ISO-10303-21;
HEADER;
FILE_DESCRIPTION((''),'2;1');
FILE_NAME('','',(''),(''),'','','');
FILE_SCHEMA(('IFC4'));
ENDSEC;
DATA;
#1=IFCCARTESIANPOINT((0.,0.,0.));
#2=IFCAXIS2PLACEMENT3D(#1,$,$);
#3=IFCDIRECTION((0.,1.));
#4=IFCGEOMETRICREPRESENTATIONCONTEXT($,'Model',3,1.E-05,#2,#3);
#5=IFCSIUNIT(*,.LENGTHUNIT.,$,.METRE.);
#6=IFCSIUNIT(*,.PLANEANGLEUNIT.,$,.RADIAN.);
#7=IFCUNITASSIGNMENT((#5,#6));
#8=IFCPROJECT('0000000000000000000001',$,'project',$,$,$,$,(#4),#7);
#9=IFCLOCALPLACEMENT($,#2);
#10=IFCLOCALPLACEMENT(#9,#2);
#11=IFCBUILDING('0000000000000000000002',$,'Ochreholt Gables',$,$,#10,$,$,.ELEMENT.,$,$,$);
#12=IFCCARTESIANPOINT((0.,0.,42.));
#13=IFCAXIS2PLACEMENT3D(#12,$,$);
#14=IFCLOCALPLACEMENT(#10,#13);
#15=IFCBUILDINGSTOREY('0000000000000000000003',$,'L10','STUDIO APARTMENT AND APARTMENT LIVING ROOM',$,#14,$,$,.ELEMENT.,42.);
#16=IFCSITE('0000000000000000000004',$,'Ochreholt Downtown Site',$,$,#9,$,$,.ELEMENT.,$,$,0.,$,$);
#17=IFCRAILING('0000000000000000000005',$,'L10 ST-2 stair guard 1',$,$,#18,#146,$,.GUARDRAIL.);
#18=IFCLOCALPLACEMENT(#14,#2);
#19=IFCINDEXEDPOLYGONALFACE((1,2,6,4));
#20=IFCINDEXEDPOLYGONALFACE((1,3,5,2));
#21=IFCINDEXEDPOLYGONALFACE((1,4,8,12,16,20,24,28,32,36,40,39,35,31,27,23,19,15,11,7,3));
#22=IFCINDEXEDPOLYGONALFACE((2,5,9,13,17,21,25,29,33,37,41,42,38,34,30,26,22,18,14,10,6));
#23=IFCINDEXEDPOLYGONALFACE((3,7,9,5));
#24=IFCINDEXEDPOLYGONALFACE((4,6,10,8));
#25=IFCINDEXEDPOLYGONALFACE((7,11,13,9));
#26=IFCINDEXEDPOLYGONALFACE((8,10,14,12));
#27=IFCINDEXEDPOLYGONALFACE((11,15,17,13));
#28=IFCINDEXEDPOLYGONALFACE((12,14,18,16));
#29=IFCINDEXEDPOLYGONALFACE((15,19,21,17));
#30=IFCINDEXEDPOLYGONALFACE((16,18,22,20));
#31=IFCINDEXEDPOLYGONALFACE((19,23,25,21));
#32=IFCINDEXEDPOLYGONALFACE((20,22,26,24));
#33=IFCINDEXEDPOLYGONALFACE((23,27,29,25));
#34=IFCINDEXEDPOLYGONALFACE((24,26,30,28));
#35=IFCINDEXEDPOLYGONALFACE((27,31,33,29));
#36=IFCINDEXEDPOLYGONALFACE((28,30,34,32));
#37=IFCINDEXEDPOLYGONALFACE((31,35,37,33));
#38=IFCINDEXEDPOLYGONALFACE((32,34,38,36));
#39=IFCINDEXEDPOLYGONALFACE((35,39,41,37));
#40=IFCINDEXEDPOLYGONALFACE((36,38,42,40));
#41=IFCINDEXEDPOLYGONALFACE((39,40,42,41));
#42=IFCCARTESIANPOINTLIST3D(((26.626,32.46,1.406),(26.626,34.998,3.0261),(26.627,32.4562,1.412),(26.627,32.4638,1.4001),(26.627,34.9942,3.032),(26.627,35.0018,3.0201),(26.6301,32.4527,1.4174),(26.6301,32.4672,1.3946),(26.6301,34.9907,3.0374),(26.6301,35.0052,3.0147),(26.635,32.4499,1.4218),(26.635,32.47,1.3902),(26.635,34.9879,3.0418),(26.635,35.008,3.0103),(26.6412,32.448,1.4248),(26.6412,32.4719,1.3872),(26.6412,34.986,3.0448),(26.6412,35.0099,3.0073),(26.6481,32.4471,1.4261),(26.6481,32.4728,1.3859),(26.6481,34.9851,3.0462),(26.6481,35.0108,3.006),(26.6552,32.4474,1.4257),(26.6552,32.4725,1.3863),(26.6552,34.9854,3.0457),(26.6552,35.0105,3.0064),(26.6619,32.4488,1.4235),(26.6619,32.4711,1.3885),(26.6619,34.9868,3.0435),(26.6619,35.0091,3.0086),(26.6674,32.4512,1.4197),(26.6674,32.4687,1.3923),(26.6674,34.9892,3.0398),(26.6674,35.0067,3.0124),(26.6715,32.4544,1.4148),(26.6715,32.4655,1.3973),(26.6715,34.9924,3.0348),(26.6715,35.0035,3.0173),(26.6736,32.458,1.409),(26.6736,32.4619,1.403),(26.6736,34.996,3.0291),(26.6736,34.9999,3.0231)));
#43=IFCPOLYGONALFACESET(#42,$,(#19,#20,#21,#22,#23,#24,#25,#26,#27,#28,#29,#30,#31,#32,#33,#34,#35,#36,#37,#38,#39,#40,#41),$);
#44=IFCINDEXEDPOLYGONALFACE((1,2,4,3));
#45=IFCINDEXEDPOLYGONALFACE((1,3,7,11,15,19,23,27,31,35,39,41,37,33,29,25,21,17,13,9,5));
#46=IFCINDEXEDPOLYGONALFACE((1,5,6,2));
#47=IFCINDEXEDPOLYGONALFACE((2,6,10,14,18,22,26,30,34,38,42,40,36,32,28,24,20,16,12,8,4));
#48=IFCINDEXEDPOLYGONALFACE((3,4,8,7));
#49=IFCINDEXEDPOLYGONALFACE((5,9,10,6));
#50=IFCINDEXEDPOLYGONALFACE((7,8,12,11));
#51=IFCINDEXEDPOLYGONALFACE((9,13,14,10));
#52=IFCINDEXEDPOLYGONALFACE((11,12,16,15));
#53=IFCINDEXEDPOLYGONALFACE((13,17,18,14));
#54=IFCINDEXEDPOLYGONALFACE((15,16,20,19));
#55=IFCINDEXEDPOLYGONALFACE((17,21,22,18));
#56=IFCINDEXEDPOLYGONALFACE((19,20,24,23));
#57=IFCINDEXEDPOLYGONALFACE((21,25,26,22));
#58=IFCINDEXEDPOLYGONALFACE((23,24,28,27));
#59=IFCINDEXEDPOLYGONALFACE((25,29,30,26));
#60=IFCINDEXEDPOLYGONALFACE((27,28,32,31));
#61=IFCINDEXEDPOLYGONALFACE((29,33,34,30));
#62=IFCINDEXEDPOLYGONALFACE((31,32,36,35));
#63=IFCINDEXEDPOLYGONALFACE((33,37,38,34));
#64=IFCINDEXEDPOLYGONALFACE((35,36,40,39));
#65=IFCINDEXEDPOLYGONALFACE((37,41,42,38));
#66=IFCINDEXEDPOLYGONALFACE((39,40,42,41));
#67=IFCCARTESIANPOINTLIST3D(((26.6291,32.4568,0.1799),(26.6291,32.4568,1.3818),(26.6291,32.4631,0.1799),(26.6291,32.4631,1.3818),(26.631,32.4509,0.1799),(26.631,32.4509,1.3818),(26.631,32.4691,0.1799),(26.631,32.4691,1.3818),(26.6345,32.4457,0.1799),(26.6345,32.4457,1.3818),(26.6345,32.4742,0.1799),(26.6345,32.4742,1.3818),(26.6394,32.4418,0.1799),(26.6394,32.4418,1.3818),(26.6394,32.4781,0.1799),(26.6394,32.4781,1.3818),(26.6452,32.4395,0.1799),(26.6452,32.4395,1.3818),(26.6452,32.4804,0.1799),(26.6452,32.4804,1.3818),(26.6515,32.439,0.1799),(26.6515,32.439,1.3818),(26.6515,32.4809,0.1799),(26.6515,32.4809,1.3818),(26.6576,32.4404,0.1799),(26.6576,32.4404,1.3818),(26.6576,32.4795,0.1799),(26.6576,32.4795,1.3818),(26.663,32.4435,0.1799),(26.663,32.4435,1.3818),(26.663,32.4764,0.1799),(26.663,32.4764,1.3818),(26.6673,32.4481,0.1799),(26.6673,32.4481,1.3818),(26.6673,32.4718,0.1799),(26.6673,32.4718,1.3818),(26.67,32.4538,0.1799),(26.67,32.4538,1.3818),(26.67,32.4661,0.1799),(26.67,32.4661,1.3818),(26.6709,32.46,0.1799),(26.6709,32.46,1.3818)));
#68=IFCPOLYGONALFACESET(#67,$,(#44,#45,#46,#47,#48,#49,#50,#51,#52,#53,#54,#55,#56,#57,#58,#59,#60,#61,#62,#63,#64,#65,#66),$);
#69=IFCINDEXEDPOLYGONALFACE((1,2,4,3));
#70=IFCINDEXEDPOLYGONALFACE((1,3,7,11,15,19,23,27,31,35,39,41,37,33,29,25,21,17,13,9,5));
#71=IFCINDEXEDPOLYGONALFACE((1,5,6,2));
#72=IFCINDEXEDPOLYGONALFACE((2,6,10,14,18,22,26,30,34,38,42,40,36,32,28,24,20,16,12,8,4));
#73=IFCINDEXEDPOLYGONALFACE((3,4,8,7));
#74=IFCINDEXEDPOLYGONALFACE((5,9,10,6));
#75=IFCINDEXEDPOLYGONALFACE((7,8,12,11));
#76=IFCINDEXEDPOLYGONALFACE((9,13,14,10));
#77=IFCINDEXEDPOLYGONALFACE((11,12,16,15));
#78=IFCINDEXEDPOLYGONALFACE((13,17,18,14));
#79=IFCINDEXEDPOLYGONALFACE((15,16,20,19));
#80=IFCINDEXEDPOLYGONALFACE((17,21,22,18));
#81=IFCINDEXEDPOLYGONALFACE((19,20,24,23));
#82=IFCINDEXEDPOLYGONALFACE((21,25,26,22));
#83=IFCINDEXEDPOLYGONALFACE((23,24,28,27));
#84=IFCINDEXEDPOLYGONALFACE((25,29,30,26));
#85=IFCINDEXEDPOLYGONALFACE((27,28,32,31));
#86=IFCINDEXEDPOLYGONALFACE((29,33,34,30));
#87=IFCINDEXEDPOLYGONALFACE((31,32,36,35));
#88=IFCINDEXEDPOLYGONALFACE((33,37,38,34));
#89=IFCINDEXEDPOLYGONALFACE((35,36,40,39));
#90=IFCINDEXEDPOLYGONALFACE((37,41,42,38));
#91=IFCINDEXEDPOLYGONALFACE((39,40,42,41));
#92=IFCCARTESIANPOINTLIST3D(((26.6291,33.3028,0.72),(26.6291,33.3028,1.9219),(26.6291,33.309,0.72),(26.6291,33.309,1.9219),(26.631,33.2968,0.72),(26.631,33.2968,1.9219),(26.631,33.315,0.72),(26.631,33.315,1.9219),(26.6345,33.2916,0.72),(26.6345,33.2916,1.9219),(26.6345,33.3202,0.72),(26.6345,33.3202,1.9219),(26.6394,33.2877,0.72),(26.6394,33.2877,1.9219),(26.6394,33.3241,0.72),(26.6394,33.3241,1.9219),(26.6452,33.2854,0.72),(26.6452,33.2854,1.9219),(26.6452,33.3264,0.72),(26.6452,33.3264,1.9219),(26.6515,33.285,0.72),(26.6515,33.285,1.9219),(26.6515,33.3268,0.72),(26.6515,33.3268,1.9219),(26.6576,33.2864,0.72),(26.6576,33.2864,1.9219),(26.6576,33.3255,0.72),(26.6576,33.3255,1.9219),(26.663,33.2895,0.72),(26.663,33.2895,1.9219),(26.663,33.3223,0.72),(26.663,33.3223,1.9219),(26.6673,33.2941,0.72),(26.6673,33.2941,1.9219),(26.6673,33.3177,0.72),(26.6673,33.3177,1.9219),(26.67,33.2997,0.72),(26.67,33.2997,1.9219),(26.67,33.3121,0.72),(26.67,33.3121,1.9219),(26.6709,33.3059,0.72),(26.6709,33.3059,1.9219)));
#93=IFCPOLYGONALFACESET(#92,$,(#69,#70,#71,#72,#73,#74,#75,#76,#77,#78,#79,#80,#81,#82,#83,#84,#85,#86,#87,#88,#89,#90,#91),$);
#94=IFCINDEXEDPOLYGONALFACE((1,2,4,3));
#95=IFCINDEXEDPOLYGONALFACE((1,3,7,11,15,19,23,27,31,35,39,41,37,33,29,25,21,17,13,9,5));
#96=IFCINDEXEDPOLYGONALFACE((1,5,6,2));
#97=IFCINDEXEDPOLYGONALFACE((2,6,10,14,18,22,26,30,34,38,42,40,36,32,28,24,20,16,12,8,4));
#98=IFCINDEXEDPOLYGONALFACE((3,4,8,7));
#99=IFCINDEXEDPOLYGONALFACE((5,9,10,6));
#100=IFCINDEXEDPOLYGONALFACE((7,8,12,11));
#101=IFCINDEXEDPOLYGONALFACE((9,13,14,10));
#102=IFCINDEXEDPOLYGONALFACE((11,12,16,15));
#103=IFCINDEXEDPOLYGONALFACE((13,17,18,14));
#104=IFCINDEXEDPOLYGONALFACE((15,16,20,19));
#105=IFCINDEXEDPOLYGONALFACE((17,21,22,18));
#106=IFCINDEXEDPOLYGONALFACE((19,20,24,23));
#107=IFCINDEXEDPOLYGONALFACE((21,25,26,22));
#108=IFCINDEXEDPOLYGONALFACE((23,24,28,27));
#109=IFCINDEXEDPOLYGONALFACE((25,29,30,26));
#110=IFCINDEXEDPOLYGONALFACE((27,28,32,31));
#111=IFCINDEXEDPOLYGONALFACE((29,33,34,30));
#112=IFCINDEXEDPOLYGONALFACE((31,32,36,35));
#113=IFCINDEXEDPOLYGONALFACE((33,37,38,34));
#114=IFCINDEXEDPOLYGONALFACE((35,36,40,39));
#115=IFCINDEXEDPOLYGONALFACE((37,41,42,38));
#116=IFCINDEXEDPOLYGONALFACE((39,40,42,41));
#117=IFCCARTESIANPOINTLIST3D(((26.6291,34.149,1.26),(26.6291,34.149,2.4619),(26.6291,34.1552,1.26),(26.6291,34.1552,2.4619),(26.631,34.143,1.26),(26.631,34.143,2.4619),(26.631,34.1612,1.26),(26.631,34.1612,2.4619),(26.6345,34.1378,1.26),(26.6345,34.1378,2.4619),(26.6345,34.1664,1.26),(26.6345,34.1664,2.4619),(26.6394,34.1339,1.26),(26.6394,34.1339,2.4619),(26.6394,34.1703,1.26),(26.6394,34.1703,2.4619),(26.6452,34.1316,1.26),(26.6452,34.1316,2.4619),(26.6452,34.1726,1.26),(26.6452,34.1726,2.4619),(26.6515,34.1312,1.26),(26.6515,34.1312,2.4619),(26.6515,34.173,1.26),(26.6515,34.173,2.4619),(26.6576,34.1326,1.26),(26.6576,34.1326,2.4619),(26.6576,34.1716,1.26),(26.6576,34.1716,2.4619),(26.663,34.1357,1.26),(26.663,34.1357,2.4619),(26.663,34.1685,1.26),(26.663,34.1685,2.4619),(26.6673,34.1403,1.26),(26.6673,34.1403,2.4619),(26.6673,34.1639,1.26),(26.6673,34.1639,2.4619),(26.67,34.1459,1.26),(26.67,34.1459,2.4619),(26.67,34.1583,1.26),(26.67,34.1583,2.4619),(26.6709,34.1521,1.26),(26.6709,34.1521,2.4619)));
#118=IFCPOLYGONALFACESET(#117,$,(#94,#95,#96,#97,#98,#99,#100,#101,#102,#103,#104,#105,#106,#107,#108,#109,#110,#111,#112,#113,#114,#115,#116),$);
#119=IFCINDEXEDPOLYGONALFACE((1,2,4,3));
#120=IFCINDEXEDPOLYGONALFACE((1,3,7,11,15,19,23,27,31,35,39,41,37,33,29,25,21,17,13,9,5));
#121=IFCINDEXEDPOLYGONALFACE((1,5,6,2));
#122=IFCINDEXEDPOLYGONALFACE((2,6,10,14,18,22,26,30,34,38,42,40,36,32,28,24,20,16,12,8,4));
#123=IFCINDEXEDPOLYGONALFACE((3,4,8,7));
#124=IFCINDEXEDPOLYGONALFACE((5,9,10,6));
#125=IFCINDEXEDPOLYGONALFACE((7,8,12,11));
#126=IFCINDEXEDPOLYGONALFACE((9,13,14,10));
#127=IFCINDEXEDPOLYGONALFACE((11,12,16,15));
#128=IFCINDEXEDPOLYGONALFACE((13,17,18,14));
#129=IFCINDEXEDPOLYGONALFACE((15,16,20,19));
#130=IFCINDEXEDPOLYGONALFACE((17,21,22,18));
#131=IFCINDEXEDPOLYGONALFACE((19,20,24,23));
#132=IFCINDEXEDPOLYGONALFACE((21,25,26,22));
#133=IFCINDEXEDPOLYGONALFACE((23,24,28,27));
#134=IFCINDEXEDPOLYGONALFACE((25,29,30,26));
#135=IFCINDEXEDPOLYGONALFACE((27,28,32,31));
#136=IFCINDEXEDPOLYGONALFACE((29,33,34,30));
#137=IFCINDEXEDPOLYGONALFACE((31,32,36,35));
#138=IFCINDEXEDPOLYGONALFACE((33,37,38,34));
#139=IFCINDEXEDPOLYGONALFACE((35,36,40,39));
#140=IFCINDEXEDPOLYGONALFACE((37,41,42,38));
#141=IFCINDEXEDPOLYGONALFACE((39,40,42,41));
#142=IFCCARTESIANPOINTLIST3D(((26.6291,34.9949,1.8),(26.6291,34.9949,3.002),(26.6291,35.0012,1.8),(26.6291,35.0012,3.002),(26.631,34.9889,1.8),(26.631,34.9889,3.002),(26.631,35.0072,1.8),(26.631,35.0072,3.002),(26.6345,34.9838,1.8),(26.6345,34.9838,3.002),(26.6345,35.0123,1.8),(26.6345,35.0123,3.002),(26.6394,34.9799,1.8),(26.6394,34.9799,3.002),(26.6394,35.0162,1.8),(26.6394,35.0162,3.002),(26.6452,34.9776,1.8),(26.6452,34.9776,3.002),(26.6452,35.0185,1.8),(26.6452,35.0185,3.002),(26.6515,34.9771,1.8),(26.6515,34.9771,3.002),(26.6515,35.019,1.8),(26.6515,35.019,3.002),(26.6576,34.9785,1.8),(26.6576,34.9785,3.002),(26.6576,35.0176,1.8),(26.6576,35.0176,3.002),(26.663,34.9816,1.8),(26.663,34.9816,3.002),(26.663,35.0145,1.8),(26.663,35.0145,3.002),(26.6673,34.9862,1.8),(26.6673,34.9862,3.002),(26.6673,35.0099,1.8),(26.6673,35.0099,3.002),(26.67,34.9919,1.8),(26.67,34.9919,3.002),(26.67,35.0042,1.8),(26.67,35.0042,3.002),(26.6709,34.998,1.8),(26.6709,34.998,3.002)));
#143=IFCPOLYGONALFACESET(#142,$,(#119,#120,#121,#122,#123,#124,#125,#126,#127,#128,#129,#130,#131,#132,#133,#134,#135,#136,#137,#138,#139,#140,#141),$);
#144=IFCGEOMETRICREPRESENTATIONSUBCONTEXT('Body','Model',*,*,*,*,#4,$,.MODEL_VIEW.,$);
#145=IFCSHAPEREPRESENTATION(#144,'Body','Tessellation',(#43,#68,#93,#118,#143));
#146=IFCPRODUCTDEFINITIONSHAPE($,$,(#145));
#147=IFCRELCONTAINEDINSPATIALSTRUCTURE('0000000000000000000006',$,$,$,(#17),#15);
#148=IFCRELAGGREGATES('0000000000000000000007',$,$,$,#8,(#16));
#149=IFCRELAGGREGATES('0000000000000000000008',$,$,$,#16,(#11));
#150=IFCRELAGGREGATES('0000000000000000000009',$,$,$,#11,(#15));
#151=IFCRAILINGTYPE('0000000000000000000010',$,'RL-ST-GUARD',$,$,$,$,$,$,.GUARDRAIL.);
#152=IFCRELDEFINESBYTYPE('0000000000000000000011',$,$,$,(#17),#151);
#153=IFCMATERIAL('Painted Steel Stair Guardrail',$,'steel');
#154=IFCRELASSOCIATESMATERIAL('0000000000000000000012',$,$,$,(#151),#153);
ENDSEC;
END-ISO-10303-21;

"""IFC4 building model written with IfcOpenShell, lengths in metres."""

from ifc_helpers import new_model, si_unit, direction, frame, origin, origin_2d, place, context, subcontext, project, spatial, circle, extrude, material, type_object, element, save


model = new_model("IFC4")

# Units and contexts
model_context = context("Model", 3, precision=1e-05, world=origin(), true_north=direction((0.0, 1.0)))
body_context = subcontext(model_context, "Body", "Model", "MODEL_VIEW")
ifc_project = project(units=[si_unit("LENGTHUNIT", "METRE"), si_unit("PLANEANGLEUNIT", "RADIAN")], contexts=[model_context])

# Site, building, storey
site_placement = place(None, origin())
site = spatial("IfcSite", under=ifc_project, at=site_placement, Name="Ochreholt Downtown Site", CompositionType="ELEMENT", RefElevation=0.0)
building_placement = place(site_placement, origin())
building = spatial("IfcBuilding", under=site, at=building_placement, Name="Ochreholt Gables", CompositionType="ELEMENT")
storey_placement = place(building_placement, frame((0.0, 0.0, 42.0)))
storey = spatial("IfcBuildingStorey", under=building, at=storey_placement, Name="L10", Description="STUDIO APARTMENT AND APARTMENT LIVING ROOM", CompositionType="ELEMENT", Elevation=42.0)

# Railing
ifc_material_1 = material(Name="Painted Steel Stair Guardrail", Category="steel")
railing_type_1 = type_object("IfcRailingType", Name="RL-ST-GUARD", PredefinedType="GUARDRAIL", material=ifc_material_1)
railing_1_placement = place(storey_placement, frame((26.6499, 32.46, 0.1799)))
element("IfcRailing", 1, at=railing_1_placement, inside=storey, type_object=railing_type_1, Name="L10 ST-2 stair guard 1", PredefinedType="GUARDRAIL", context=body_context, shape_type="SweptSolid", body=[
    extrude(circle(Radius=0.0239, at=origin_2d()), frame((0.0, 0.0, 1.2261), z_axis=(0.0, 0.842913, 0.53805), x_axis=(-1.0, 0.0, 0.0)), (0.0, 0.0, 1.0), 3.011),
    extrude(circle(Radius=0.021, at=origin_2d()), origin(), (0.0, 0.0, 1.0), 1.2019),
    extrude(circle(Radius=0.021, at=origin_2d()), frame((0.0, 0.8459, 0.54)), (0.0, 0.0, 1.0), 1.2019),
    extrude(circle(Radius=0.021, at=origin_2d()), frame((0.0, 1.6921, 1.0801)), (0.0, 0.0, 1.0), 1.2019),
    extrude(circle(Radius=0.021, at=origin_2d()), frame((0.0, 2.5381, 1.6201)), (0.0, 0.0, 1.0), 1.2019),
])

save(model, "model.ifc")
